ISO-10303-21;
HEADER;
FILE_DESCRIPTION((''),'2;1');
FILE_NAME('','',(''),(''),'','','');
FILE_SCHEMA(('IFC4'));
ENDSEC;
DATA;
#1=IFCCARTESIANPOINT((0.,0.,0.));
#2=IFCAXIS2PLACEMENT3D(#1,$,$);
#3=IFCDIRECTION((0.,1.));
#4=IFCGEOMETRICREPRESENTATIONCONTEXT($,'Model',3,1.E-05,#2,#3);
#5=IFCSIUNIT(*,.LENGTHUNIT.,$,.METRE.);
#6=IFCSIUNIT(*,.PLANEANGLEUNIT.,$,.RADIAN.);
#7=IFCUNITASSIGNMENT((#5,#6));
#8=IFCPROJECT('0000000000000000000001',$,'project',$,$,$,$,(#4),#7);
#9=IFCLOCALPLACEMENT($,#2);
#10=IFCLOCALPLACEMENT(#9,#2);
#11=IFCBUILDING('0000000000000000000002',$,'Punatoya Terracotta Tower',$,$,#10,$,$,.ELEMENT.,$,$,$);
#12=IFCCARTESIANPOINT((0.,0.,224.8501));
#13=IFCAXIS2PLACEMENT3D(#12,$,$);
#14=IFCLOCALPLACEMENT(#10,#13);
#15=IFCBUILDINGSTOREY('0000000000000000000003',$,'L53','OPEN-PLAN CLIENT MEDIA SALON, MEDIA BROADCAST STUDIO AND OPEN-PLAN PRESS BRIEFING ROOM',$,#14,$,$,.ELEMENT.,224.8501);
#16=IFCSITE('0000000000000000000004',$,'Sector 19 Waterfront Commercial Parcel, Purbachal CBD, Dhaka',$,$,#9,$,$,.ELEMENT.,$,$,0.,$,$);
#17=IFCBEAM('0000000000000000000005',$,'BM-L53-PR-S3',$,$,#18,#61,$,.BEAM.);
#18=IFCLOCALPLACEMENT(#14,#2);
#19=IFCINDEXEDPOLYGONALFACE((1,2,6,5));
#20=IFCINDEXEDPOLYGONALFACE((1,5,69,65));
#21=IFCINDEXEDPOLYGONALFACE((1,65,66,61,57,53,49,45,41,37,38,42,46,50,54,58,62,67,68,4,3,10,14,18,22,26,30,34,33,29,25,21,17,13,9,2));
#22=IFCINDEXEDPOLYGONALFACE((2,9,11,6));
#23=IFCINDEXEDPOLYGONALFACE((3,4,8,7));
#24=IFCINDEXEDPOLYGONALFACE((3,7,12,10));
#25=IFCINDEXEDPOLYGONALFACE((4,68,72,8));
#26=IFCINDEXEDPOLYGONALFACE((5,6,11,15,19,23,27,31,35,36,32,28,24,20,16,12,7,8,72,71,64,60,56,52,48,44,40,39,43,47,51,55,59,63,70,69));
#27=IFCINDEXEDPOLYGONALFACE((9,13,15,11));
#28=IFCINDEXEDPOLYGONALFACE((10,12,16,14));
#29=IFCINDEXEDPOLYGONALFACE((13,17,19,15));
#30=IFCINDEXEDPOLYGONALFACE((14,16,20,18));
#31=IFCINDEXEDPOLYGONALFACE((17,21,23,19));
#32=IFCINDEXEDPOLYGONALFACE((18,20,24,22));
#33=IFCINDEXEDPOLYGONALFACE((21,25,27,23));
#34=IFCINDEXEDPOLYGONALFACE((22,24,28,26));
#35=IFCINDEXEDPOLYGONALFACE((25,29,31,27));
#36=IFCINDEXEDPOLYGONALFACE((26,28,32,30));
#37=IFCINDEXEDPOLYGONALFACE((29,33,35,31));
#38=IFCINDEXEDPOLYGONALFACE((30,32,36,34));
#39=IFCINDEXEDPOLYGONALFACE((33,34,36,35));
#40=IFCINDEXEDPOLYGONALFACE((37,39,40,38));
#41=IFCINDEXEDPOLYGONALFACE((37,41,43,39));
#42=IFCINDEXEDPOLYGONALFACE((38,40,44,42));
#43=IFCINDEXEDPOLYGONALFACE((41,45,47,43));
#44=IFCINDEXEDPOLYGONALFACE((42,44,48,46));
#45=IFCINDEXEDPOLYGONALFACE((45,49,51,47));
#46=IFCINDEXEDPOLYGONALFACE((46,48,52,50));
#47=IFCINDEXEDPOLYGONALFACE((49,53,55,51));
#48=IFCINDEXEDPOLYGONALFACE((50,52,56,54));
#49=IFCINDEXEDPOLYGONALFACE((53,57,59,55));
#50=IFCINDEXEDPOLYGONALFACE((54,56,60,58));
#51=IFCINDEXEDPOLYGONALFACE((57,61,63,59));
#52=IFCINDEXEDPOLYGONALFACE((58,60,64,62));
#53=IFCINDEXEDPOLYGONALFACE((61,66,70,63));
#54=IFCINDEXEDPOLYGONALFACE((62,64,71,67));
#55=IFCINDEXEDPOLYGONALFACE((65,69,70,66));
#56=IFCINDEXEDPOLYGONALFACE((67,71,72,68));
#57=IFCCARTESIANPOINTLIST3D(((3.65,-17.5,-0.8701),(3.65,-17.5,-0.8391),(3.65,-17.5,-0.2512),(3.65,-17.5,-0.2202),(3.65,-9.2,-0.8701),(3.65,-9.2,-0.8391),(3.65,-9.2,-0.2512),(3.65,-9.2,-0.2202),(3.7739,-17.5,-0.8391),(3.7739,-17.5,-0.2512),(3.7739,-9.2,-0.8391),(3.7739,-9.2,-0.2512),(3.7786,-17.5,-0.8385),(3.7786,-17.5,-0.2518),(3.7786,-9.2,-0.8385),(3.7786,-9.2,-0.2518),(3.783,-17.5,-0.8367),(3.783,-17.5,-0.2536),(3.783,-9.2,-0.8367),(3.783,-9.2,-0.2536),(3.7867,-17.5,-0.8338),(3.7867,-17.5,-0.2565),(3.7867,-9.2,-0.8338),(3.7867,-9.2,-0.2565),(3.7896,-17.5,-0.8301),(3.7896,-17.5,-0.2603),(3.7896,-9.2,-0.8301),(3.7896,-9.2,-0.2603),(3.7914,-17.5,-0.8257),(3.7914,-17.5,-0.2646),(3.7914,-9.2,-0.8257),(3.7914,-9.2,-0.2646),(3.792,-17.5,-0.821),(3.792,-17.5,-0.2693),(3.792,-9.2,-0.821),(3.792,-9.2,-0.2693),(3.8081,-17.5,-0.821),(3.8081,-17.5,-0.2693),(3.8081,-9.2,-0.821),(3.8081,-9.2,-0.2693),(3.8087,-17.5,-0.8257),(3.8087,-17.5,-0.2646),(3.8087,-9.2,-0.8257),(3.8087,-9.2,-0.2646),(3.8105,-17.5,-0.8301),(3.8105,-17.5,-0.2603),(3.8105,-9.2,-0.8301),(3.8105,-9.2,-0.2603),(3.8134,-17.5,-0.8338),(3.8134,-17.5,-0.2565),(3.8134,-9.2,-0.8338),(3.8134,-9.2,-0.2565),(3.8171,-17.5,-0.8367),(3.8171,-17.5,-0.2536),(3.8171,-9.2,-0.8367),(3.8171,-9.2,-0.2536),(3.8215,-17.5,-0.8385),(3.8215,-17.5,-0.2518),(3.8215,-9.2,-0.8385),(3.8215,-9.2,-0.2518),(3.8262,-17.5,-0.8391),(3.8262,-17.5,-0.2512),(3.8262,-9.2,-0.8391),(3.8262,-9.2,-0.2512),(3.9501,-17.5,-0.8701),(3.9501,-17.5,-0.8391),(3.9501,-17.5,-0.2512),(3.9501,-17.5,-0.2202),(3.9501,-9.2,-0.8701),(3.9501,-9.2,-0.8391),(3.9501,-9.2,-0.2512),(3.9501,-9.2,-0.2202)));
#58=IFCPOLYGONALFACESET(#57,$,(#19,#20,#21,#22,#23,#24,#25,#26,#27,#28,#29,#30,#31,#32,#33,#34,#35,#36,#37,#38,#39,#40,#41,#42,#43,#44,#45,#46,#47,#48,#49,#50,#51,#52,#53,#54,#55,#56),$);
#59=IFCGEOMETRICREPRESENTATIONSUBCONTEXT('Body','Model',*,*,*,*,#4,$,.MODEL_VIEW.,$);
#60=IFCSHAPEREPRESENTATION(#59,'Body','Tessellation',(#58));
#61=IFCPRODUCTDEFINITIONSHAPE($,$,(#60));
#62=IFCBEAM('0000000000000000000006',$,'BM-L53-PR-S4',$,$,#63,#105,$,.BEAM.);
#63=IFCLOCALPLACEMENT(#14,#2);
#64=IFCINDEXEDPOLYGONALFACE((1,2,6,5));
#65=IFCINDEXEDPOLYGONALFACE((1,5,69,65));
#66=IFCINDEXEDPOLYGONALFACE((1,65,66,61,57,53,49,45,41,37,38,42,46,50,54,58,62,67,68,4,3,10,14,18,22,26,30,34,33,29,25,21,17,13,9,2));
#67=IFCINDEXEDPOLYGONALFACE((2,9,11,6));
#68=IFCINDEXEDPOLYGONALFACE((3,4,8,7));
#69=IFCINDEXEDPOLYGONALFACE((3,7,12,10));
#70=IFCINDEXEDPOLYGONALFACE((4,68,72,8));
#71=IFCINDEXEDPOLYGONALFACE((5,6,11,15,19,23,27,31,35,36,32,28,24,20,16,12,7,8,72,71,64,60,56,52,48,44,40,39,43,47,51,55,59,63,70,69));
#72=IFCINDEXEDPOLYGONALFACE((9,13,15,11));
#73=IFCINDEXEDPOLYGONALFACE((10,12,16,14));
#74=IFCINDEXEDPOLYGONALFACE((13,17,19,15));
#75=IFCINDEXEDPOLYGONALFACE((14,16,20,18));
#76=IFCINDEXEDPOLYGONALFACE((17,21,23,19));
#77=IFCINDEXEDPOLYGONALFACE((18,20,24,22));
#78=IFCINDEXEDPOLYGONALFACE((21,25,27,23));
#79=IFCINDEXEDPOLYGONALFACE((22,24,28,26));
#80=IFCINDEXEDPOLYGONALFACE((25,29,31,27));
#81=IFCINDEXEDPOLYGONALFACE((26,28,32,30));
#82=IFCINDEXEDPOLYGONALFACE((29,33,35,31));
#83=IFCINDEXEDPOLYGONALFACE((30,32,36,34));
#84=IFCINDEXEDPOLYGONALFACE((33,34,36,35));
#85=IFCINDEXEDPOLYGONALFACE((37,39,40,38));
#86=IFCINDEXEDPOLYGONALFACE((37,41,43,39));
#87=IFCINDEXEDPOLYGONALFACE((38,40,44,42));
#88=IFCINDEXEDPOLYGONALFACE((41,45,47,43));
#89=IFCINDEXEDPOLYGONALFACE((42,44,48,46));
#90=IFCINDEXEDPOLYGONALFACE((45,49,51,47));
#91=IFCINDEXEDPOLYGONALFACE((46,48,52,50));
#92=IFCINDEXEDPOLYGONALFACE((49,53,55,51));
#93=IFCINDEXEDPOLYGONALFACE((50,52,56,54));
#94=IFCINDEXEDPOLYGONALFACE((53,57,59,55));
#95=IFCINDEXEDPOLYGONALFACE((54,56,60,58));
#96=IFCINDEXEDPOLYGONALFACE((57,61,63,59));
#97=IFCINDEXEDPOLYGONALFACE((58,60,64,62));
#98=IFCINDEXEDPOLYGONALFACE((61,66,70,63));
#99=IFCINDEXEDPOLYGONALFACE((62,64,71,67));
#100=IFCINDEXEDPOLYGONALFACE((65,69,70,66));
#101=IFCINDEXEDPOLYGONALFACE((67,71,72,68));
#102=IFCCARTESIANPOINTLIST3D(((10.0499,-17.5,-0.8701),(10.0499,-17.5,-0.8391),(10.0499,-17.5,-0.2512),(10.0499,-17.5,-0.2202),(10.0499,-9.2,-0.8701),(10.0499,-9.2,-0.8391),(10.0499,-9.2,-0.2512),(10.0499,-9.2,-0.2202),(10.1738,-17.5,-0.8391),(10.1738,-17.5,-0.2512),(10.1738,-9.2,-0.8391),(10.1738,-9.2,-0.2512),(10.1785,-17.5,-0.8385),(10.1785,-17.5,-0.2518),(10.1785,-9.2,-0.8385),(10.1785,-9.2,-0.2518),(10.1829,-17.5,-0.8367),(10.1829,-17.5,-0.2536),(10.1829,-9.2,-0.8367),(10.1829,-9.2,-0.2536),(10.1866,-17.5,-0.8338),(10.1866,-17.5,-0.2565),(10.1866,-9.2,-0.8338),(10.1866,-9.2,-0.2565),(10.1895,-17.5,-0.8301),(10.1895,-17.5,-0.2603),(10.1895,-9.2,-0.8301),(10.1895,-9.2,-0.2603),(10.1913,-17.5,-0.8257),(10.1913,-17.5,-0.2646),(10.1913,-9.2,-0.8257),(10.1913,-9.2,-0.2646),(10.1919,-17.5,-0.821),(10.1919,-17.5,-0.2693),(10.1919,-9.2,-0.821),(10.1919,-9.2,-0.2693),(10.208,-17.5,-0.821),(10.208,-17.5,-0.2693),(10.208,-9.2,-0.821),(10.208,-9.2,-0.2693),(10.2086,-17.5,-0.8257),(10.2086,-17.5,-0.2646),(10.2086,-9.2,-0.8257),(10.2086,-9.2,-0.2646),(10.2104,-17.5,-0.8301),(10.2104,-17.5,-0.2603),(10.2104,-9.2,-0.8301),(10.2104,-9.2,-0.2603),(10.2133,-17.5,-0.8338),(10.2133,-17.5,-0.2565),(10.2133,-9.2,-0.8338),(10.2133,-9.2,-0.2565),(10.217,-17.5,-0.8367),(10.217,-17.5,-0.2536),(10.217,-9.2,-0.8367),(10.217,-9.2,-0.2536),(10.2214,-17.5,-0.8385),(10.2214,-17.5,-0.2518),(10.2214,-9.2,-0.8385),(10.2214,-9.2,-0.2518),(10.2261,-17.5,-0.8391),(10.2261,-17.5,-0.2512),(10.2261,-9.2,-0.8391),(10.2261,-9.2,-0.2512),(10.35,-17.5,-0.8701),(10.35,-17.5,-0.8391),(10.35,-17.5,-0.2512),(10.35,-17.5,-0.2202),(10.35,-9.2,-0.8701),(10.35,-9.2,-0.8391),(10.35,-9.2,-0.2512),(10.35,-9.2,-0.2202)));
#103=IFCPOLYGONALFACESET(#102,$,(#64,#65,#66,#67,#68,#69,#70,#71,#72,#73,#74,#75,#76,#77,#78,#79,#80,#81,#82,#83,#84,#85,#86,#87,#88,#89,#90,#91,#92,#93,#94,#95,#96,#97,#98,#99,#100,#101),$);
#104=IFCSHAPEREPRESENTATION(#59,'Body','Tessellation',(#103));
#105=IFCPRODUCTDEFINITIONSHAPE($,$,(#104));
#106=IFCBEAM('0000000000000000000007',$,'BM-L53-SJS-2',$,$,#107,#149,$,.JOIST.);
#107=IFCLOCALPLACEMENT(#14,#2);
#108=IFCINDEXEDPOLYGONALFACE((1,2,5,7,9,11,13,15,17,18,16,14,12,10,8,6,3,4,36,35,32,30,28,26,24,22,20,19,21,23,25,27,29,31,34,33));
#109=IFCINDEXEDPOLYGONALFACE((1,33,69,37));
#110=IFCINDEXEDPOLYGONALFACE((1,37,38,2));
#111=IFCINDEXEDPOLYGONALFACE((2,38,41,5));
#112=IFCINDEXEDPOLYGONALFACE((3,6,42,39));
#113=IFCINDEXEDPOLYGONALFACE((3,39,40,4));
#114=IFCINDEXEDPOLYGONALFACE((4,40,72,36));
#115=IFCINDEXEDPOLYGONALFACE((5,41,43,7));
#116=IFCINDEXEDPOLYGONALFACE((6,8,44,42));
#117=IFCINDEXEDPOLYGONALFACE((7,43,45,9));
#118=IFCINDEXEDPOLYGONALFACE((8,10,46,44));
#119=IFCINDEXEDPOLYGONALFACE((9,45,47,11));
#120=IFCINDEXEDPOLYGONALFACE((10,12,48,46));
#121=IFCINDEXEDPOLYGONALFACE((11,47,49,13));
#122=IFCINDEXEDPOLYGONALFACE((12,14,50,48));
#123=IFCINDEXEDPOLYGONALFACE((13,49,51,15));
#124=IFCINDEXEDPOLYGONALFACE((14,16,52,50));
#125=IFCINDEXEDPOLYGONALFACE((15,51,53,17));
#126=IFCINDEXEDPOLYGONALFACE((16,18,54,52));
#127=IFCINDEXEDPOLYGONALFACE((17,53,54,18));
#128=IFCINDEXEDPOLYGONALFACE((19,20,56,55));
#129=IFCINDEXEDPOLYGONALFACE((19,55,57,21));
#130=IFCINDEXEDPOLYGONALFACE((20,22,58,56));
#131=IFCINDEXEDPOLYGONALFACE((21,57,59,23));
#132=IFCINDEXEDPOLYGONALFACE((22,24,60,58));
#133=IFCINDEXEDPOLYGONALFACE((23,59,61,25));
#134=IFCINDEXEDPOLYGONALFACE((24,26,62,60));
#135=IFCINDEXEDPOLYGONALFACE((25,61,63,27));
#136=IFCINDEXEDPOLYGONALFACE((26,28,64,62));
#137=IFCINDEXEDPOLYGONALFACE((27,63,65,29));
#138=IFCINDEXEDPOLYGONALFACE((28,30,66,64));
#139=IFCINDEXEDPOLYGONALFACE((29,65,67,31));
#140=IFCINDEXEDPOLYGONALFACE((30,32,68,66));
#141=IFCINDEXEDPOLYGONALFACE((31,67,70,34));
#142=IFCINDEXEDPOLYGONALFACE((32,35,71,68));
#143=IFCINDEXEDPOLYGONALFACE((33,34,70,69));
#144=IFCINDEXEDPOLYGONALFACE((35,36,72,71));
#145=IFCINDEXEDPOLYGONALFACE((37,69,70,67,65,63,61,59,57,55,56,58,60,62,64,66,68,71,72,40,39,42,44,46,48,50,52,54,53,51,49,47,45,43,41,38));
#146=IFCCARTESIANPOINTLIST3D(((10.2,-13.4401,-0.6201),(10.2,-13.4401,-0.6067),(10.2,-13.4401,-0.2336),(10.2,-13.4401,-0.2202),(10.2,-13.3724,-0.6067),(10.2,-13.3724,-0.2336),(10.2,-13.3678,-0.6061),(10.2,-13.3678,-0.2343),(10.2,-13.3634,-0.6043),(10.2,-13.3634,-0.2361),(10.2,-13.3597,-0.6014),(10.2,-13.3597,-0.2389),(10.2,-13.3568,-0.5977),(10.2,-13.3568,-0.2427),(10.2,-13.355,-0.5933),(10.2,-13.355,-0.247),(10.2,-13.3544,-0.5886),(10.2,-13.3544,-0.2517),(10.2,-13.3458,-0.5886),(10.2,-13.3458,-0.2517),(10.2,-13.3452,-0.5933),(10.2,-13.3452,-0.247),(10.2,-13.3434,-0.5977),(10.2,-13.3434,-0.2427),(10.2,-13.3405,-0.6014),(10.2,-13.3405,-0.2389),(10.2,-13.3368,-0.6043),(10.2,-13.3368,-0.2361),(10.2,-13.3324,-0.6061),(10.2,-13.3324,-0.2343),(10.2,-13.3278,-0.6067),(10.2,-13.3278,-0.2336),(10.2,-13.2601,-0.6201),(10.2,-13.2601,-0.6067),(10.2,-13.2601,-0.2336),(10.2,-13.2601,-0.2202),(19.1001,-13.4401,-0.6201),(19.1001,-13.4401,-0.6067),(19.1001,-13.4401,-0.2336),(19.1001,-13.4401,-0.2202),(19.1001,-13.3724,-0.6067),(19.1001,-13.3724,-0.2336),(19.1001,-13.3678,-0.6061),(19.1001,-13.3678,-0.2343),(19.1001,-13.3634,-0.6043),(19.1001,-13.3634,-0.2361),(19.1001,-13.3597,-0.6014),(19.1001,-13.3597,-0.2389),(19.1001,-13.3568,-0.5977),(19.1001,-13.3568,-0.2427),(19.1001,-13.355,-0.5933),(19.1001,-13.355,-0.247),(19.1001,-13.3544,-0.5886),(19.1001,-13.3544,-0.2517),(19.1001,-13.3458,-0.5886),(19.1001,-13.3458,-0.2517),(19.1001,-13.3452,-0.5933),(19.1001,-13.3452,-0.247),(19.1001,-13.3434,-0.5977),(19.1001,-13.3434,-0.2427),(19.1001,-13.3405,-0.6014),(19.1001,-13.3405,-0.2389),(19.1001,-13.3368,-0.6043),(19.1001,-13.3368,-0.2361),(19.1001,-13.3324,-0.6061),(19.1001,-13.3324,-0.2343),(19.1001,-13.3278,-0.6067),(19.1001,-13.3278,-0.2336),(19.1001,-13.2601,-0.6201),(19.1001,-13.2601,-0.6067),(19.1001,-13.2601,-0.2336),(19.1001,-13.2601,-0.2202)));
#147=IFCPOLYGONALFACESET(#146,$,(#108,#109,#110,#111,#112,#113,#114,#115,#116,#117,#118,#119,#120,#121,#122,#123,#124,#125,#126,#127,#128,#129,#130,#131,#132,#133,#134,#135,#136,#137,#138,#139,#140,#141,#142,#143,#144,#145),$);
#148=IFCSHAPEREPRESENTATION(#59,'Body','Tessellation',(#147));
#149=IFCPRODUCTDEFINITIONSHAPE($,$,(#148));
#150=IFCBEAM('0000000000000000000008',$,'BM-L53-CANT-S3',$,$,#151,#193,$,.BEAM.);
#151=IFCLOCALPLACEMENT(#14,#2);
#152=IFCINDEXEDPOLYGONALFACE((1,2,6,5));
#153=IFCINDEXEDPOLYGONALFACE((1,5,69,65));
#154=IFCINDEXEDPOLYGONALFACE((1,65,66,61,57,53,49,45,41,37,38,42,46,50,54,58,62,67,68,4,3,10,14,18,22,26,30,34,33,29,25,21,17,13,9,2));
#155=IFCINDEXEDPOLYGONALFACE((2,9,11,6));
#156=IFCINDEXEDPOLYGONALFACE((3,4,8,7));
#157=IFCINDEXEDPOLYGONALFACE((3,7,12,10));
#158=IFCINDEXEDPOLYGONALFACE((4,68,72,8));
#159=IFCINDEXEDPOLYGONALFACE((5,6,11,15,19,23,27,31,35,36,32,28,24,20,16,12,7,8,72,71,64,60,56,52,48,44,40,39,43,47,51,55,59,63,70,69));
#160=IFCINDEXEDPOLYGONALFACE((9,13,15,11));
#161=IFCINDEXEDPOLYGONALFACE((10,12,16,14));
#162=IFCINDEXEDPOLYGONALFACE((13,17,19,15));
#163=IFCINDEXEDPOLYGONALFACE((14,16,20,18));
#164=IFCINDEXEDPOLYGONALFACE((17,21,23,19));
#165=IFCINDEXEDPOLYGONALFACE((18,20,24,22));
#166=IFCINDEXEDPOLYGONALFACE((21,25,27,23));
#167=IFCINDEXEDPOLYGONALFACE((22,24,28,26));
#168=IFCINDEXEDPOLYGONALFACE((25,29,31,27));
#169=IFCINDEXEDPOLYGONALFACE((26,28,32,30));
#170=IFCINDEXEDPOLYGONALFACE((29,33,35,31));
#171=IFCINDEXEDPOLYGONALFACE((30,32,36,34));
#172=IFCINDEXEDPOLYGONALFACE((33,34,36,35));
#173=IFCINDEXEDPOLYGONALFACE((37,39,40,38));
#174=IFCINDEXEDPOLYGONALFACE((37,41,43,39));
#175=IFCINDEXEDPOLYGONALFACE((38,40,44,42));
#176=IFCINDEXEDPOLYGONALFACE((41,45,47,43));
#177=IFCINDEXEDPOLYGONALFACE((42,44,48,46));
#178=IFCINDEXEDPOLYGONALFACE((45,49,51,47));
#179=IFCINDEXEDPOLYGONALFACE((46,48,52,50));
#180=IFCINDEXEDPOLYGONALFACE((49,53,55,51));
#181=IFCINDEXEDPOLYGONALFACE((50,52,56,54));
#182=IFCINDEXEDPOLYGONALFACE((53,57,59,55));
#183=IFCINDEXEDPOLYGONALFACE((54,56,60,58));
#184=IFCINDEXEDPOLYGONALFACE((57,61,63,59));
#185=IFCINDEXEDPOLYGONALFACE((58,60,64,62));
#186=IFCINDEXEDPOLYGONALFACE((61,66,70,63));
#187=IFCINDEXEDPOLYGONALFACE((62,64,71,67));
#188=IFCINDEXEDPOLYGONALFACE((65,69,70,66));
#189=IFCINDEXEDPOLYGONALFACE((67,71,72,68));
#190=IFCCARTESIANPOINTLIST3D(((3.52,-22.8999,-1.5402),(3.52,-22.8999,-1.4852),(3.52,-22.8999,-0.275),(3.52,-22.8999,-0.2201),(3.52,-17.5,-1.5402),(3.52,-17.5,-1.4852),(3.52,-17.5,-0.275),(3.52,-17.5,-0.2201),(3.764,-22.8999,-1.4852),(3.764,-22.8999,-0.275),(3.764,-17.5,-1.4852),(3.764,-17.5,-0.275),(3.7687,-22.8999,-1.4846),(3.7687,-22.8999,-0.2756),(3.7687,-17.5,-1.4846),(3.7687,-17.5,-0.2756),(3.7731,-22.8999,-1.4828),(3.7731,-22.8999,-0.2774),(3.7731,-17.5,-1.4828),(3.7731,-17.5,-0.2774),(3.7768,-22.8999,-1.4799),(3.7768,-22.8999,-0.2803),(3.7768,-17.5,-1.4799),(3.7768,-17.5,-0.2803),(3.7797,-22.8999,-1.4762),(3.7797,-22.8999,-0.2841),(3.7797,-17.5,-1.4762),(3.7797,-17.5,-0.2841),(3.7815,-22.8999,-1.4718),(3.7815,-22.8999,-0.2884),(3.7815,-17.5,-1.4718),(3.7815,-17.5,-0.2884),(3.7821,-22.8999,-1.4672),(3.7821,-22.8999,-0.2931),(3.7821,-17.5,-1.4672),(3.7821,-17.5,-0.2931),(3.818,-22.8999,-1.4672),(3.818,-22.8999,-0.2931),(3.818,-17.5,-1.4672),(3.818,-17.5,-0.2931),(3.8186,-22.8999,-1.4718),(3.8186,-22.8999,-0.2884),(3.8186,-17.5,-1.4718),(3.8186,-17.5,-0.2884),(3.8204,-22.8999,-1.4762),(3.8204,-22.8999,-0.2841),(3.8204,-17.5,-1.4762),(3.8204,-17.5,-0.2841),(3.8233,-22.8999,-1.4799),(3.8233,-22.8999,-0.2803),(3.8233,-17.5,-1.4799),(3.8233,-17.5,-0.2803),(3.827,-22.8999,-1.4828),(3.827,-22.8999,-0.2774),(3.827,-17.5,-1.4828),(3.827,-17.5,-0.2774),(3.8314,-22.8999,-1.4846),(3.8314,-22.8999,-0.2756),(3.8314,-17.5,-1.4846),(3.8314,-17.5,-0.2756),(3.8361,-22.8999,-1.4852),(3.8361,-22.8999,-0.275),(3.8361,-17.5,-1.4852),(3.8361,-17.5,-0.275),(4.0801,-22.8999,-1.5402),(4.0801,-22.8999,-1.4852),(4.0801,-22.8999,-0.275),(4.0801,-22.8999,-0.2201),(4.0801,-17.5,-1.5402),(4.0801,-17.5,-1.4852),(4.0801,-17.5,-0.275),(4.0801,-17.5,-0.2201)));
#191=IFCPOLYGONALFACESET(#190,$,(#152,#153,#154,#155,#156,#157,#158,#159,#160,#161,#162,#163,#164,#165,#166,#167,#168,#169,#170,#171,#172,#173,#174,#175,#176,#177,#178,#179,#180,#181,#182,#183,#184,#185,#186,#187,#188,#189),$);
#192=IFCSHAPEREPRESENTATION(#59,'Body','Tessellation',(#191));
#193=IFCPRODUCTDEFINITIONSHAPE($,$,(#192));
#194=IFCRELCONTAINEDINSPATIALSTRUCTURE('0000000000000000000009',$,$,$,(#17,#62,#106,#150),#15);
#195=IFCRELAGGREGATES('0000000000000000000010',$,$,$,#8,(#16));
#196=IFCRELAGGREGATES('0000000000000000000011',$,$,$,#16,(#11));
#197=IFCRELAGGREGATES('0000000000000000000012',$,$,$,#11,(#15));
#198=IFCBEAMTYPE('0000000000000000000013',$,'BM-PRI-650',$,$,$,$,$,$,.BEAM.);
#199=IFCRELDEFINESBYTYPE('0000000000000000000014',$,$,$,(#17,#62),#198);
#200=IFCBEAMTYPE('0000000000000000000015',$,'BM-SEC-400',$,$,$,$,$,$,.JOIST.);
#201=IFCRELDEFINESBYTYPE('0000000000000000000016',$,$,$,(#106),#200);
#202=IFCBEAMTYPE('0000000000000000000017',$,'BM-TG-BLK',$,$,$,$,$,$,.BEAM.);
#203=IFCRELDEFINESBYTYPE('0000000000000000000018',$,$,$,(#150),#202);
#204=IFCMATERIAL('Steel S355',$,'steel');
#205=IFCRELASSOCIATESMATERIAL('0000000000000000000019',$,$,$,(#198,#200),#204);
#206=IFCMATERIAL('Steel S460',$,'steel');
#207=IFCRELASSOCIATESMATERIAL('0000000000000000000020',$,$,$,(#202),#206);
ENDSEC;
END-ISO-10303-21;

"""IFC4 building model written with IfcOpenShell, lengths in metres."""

from ifc_helpers import new_model, si_unit, direction, frame, origin, origin_2d, place, context, subcontext, project, spatial, i_section, extrude, material, material_profile, profile_set, type_object, element, save


model = new_model("IFC4")

# Units and contexts
model_context = context("Model", 3, precision=1e-05, world=origin(), true_north=direction((0.0, 1.0)))
body_context = subcontext(model_context, "Body", "Model", "MODEL_VIEW")
ifc_project = project(units=[si_unit("LENGTHUNIT", "METRE"), si_unit("PLANEANGLEUNIT", "RADIAN")], contexts=[model_context])

# Site, building, storey
site_placement = place(None, origin())
site = spatial("IfcSite", under=ifc_project, at=site_placement, Name="Sector 19 Waterfront Commercial Parcel, Purbachal CBD, Dhaka", CompositionType="ELEMENT", RefElevation=0.0)
building_placement = place(site_placement, origin())
building = spatial("IfcBuilding", under=site, at=building_placement, Name="Punatoya Terracotta Tower", CompositionType="ELEMENT")
storey_placement = place(building_placement, frame((0.0, 0.0, 224.8501)))
storey = spatial("IfcBuildingStorey", under=building, at=storey_placement, Name="L53", Description="OPEN-PLAN CLIENT MEDIA SALON, MEDIA BROADCAST STUDIO AND OPEN-PLAN PRESS BRIEFING ROOM", CompositionType="ELEMENT", Elevation=224.8501)

# Shared definitions
ifc_material_1 = material(Name="Steel S460", Category="steel")

# Beams
ifc_material_2 = material(Name="Steel S355", Category="steel")
ifc_material_profile_1 = material_profile(ifc_material_2, i_section(OverallWidth=0.3, OverallDepth=0.6499, WebThickness=0.0161, FlangeThickness=0.031, FilletRadius=0.0181, at=origin_2d()))
ifc_profile_set_1 = profile_set([ifc_material_profile_1], Name="Steel S355")
beam_type_1 = type_object("IfcBeamType", Name="BM-PRI-650", PredefinedType="BEAM", material=ifc_profile_set_1)
for number, where, z_axis, x_axis, name in (
    (1, (3.8, -17.5, -0.5452), (0.0, 1.0, 0.0), (-1.0, 0.0, 0.0), "BM-L53-PR-S3"),
    (2, (10.2, -17.5, -0.5452), (0.0, 1.0, 0.0), (-1.0, 0.0, 0.0), "BM-L53-PR-S4"),
):
    element("IfcBeam", number, at=place(storey_placement, frame(where, z_axis=z_axis, x_axis=x_axis)), inside=storey, type_object=beam_type_1, Name=name, PredefinedType="BEAM", context=body_context, shape_type="SweptSolid", body=[
        extrude(i_section(OverallWidth=0.3, OverallDepth=0.6499, WebThickness=0.0161, FlangeThickness=0.031, FilletRadius=0.0181, at=origin_2d()), origin(), (0.0, 0.0, 1.0), 8.3),
    ])
ifc_material_profile_2 = material_profile(ifc_material_2, i_section(OverallWidth=0.1799, OverallDepth=0.3999, WebThickness=0.0085, FlangeThickness=0.0134, FilletRadius=0.0181, at=origin_2d()))
ifc_profile_set_2 = profile_set([ifc_material_profile_2], Name="Steel S355")
beam_type_2 = type_object("IfcBeamType", Name="BM-SEC-400", PredefinedType="JOIST", material=ifc_profile_set_2)
beam_1_placement = place(storey_placement, frame((10.2, -13.3501, -0.4202), z_axis=(1.0, 0.0, 0.0), x_axis=(0.0, 1.0, 0.0)))
element("IfcBeam", 3, at=beam_1_placement, inside=storey, type_object=beam_type_2, Name="BM-L53-SJS-2", PredefinedType="JOIST", context=body_context, shape_type="SweptSolid", body=[
    extrude(i_section(OverallWidth=0.1799, OverallDepth=0.3999, WebThickness=0.0085, FlangeThickness=0.0134, FilletRadius=0.0181, at=origin_2d()), origin(), (0.0, 0.0, 1.0), 8.9001),
])
ifc_material_profile_3 = material_profile(ifc_material_1, i_section(OverallWidth=0.5601, OverallDepth=1.3201, WebThickness=0.0359, FlangeThickness=0.0549, FilletRadius=0.0181, at=origin_2d()))
ifc_profile_set_3 = profile_set([ifc_material_profile_3], Name="Steel S460")
beam_type_3 = type_object("IfcBeamType", Name="BM-TG-BLK", PredefinedType="BEAM", material=ifc_profile_set_3)
beam_2_placement = place(storey_placement, frame((3.8, -22.8999, -0.8801), z_axis=(0.0, 1.0, 0.0), x_axis=(-1.0, 0.0, 0.0)))
element("IfcBeam", 4, at=beam_2_placement, inside=storey, type_object=beam_type_3, Name="BM-L53-CANT-S3", PredefinedType="BEAM", context=body_context, shape_type="SweptSolid", body=[
    extrude(i_section(OverallWidth=0.5601, OverallDepth=1.3201, WebThickness=0.0359, FlangeThickness=0.0549, FilletRadius=0.0181, at=origin_2d()), origin(), (0.0, 0.0, 1.0), 5.3999),
])

save(model, "model.ifc")
